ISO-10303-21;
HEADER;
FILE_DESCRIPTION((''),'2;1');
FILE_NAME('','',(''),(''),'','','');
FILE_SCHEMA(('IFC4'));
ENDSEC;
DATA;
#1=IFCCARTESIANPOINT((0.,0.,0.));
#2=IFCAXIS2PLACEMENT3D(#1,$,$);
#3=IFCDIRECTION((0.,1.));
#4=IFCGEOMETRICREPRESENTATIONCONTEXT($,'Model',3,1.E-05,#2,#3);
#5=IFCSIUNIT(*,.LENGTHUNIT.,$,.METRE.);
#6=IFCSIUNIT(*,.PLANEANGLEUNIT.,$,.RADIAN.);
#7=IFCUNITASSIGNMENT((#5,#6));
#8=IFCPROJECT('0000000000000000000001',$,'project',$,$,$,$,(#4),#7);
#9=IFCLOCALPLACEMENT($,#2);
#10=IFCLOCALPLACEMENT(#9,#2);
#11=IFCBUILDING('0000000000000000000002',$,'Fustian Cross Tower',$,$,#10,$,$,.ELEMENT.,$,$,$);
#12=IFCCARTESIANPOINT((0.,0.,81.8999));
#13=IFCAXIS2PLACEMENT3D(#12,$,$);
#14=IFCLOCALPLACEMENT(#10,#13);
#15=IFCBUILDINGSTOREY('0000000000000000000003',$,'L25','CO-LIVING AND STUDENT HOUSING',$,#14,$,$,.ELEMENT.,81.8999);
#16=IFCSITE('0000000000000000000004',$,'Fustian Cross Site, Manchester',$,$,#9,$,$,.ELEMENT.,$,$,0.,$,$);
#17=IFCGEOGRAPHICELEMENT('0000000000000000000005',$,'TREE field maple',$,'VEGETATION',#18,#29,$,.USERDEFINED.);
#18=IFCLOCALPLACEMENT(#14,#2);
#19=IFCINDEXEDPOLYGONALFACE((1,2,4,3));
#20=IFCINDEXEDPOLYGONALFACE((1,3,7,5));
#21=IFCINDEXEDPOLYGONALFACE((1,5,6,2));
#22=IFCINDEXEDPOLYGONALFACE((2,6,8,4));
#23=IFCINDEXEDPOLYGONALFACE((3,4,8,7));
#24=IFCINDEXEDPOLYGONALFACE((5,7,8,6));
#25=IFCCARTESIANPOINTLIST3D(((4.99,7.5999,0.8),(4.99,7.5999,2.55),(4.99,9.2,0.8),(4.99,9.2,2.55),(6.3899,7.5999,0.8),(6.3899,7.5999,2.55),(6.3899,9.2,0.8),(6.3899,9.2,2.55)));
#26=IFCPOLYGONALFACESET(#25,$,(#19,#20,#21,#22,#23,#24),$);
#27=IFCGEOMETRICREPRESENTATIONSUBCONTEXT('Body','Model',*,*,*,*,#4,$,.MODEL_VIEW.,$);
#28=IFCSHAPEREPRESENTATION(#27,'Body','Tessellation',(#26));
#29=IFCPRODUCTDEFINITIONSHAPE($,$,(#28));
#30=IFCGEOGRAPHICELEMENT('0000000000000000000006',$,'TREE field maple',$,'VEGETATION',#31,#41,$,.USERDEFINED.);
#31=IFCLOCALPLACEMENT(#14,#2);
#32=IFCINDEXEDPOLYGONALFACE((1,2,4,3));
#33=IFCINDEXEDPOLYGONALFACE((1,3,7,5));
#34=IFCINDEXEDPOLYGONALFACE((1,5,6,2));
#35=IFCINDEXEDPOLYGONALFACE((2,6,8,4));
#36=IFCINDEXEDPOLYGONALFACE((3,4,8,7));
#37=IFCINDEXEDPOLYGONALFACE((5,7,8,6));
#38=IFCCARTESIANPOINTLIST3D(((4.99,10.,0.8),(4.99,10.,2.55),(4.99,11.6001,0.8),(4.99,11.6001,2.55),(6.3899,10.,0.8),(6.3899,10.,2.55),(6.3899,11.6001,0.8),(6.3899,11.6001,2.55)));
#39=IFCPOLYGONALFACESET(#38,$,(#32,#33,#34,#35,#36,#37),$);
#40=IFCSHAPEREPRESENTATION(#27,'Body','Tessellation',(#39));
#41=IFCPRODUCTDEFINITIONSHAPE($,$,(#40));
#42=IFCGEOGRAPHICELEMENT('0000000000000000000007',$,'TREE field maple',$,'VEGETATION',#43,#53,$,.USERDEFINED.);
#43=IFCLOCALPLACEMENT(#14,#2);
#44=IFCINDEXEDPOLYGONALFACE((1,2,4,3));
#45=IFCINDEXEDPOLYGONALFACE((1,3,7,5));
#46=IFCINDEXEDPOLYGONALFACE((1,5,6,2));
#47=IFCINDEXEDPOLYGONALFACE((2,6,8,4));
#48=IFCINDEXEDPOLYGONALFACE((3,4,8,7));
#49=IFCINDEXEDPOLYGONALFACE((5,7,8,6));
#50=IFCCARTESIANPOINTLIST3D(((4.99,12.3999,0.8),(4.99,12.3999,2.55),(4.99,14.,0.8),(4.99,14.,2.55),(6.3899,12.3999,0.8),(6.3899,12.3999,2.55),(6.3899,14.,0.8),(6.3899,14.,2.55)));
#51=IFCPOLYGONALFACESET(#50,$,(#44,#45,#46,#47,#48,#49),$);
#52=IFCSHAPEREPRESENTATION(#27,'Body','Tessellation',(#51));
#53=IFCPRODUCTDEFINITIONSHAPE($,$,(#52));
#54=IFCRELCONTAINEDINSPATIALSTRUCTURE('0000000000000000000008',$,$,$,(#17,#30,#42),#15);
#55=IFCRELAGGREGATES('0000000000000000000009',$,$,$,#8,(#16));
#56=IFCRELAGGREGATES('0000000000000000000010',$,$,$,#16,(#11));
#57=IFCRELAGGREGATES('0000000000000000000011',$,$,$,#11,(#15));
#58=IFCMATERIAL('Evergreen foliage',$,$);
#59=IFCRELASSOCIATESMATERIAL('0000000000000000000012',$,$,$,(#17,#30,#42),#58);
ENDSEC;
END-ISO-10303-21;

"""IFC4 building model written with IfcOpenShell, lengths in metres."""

from ifc_helpers import new_model, si_unit, direction, frame, origin, origin_2d, place, context, subcontext, project, spatial, rectangle, extrude, material, element, save


model = new_model("IFC4")

# Units and contexts
model_context = context("Model", 3, precision=1e-05, world=origin(), true_north=direction((0.0, 1.0)))
body_context = subcontext(model_context, "Body", "Model", "MODEL_VIEW")
ifc_project = project(units=[si_unit("LENGTHUNIT", "METRE"), si_unit("PLANEANGLEUNIT", "RADIAN")], contexts=[model_context])

# Site, building, storey
site_placement = place(None, origin())
site = spatial("IfcSite", under=ifc_project, at=site_placement, Name="Fustian Cross Site, Manchester", CompositionType="ELEMENT", RefElevation=0.0)
building_placement = place(site_placement, origin())
building = spatial("IfcBuilding", under=site, at=building_placement, Name="Fustian Cross Tower", CompositionType="ELEMENT")
storey_placement = place(building_placement, frame((0.0, 0.0, 81.8999)))
storey = spatial("IfcBuildingStorey", under=building, at=storey_placement, Name="L25", Description="CO-LIVING AND STUDENT HOUSING", CompositionType="ELEMENT", Elevation=81.8999)

# Geographic elements
ifc_material_1 = material(Name="Evergreen foliage")
for number, where, z_axis, x_axis, name in (
    (1, (5.6899, 8.3999, 0.8), (0.0, 0.0, 1.0), (1.0, 0.0, 0.0), "TREE field maple"),
    (2, (5.6899, 10.8, 0.8), (0.0, 0.0, 1.0), (1.0, 0.0, 0.0), "TREE field maple"),
    (3, (5.6899, 13.2, 0.8), (0.0, 0.0, 1.0), (1.0, 0.0, 0.0), "TREE field maple"),
):
    element("IfcGeographicElement", number, at=place(storey_placement, frame(where, z_axis=z_axis, x_axis=x_axis)), inside=storey, material=ifc_material_1, Name=name, ObjectType="VEGETATION", PredefinedType="USERDEFINED", context=body_context, shape_type="SweptSolid", body=[
        extrude(rectangle(XDim=1.3999, YDim=1.6001, at=origin_2d()), origin(), (0.0, 0.0, 1.0), 1.75),
    ])

save(model, "model.ifc")
